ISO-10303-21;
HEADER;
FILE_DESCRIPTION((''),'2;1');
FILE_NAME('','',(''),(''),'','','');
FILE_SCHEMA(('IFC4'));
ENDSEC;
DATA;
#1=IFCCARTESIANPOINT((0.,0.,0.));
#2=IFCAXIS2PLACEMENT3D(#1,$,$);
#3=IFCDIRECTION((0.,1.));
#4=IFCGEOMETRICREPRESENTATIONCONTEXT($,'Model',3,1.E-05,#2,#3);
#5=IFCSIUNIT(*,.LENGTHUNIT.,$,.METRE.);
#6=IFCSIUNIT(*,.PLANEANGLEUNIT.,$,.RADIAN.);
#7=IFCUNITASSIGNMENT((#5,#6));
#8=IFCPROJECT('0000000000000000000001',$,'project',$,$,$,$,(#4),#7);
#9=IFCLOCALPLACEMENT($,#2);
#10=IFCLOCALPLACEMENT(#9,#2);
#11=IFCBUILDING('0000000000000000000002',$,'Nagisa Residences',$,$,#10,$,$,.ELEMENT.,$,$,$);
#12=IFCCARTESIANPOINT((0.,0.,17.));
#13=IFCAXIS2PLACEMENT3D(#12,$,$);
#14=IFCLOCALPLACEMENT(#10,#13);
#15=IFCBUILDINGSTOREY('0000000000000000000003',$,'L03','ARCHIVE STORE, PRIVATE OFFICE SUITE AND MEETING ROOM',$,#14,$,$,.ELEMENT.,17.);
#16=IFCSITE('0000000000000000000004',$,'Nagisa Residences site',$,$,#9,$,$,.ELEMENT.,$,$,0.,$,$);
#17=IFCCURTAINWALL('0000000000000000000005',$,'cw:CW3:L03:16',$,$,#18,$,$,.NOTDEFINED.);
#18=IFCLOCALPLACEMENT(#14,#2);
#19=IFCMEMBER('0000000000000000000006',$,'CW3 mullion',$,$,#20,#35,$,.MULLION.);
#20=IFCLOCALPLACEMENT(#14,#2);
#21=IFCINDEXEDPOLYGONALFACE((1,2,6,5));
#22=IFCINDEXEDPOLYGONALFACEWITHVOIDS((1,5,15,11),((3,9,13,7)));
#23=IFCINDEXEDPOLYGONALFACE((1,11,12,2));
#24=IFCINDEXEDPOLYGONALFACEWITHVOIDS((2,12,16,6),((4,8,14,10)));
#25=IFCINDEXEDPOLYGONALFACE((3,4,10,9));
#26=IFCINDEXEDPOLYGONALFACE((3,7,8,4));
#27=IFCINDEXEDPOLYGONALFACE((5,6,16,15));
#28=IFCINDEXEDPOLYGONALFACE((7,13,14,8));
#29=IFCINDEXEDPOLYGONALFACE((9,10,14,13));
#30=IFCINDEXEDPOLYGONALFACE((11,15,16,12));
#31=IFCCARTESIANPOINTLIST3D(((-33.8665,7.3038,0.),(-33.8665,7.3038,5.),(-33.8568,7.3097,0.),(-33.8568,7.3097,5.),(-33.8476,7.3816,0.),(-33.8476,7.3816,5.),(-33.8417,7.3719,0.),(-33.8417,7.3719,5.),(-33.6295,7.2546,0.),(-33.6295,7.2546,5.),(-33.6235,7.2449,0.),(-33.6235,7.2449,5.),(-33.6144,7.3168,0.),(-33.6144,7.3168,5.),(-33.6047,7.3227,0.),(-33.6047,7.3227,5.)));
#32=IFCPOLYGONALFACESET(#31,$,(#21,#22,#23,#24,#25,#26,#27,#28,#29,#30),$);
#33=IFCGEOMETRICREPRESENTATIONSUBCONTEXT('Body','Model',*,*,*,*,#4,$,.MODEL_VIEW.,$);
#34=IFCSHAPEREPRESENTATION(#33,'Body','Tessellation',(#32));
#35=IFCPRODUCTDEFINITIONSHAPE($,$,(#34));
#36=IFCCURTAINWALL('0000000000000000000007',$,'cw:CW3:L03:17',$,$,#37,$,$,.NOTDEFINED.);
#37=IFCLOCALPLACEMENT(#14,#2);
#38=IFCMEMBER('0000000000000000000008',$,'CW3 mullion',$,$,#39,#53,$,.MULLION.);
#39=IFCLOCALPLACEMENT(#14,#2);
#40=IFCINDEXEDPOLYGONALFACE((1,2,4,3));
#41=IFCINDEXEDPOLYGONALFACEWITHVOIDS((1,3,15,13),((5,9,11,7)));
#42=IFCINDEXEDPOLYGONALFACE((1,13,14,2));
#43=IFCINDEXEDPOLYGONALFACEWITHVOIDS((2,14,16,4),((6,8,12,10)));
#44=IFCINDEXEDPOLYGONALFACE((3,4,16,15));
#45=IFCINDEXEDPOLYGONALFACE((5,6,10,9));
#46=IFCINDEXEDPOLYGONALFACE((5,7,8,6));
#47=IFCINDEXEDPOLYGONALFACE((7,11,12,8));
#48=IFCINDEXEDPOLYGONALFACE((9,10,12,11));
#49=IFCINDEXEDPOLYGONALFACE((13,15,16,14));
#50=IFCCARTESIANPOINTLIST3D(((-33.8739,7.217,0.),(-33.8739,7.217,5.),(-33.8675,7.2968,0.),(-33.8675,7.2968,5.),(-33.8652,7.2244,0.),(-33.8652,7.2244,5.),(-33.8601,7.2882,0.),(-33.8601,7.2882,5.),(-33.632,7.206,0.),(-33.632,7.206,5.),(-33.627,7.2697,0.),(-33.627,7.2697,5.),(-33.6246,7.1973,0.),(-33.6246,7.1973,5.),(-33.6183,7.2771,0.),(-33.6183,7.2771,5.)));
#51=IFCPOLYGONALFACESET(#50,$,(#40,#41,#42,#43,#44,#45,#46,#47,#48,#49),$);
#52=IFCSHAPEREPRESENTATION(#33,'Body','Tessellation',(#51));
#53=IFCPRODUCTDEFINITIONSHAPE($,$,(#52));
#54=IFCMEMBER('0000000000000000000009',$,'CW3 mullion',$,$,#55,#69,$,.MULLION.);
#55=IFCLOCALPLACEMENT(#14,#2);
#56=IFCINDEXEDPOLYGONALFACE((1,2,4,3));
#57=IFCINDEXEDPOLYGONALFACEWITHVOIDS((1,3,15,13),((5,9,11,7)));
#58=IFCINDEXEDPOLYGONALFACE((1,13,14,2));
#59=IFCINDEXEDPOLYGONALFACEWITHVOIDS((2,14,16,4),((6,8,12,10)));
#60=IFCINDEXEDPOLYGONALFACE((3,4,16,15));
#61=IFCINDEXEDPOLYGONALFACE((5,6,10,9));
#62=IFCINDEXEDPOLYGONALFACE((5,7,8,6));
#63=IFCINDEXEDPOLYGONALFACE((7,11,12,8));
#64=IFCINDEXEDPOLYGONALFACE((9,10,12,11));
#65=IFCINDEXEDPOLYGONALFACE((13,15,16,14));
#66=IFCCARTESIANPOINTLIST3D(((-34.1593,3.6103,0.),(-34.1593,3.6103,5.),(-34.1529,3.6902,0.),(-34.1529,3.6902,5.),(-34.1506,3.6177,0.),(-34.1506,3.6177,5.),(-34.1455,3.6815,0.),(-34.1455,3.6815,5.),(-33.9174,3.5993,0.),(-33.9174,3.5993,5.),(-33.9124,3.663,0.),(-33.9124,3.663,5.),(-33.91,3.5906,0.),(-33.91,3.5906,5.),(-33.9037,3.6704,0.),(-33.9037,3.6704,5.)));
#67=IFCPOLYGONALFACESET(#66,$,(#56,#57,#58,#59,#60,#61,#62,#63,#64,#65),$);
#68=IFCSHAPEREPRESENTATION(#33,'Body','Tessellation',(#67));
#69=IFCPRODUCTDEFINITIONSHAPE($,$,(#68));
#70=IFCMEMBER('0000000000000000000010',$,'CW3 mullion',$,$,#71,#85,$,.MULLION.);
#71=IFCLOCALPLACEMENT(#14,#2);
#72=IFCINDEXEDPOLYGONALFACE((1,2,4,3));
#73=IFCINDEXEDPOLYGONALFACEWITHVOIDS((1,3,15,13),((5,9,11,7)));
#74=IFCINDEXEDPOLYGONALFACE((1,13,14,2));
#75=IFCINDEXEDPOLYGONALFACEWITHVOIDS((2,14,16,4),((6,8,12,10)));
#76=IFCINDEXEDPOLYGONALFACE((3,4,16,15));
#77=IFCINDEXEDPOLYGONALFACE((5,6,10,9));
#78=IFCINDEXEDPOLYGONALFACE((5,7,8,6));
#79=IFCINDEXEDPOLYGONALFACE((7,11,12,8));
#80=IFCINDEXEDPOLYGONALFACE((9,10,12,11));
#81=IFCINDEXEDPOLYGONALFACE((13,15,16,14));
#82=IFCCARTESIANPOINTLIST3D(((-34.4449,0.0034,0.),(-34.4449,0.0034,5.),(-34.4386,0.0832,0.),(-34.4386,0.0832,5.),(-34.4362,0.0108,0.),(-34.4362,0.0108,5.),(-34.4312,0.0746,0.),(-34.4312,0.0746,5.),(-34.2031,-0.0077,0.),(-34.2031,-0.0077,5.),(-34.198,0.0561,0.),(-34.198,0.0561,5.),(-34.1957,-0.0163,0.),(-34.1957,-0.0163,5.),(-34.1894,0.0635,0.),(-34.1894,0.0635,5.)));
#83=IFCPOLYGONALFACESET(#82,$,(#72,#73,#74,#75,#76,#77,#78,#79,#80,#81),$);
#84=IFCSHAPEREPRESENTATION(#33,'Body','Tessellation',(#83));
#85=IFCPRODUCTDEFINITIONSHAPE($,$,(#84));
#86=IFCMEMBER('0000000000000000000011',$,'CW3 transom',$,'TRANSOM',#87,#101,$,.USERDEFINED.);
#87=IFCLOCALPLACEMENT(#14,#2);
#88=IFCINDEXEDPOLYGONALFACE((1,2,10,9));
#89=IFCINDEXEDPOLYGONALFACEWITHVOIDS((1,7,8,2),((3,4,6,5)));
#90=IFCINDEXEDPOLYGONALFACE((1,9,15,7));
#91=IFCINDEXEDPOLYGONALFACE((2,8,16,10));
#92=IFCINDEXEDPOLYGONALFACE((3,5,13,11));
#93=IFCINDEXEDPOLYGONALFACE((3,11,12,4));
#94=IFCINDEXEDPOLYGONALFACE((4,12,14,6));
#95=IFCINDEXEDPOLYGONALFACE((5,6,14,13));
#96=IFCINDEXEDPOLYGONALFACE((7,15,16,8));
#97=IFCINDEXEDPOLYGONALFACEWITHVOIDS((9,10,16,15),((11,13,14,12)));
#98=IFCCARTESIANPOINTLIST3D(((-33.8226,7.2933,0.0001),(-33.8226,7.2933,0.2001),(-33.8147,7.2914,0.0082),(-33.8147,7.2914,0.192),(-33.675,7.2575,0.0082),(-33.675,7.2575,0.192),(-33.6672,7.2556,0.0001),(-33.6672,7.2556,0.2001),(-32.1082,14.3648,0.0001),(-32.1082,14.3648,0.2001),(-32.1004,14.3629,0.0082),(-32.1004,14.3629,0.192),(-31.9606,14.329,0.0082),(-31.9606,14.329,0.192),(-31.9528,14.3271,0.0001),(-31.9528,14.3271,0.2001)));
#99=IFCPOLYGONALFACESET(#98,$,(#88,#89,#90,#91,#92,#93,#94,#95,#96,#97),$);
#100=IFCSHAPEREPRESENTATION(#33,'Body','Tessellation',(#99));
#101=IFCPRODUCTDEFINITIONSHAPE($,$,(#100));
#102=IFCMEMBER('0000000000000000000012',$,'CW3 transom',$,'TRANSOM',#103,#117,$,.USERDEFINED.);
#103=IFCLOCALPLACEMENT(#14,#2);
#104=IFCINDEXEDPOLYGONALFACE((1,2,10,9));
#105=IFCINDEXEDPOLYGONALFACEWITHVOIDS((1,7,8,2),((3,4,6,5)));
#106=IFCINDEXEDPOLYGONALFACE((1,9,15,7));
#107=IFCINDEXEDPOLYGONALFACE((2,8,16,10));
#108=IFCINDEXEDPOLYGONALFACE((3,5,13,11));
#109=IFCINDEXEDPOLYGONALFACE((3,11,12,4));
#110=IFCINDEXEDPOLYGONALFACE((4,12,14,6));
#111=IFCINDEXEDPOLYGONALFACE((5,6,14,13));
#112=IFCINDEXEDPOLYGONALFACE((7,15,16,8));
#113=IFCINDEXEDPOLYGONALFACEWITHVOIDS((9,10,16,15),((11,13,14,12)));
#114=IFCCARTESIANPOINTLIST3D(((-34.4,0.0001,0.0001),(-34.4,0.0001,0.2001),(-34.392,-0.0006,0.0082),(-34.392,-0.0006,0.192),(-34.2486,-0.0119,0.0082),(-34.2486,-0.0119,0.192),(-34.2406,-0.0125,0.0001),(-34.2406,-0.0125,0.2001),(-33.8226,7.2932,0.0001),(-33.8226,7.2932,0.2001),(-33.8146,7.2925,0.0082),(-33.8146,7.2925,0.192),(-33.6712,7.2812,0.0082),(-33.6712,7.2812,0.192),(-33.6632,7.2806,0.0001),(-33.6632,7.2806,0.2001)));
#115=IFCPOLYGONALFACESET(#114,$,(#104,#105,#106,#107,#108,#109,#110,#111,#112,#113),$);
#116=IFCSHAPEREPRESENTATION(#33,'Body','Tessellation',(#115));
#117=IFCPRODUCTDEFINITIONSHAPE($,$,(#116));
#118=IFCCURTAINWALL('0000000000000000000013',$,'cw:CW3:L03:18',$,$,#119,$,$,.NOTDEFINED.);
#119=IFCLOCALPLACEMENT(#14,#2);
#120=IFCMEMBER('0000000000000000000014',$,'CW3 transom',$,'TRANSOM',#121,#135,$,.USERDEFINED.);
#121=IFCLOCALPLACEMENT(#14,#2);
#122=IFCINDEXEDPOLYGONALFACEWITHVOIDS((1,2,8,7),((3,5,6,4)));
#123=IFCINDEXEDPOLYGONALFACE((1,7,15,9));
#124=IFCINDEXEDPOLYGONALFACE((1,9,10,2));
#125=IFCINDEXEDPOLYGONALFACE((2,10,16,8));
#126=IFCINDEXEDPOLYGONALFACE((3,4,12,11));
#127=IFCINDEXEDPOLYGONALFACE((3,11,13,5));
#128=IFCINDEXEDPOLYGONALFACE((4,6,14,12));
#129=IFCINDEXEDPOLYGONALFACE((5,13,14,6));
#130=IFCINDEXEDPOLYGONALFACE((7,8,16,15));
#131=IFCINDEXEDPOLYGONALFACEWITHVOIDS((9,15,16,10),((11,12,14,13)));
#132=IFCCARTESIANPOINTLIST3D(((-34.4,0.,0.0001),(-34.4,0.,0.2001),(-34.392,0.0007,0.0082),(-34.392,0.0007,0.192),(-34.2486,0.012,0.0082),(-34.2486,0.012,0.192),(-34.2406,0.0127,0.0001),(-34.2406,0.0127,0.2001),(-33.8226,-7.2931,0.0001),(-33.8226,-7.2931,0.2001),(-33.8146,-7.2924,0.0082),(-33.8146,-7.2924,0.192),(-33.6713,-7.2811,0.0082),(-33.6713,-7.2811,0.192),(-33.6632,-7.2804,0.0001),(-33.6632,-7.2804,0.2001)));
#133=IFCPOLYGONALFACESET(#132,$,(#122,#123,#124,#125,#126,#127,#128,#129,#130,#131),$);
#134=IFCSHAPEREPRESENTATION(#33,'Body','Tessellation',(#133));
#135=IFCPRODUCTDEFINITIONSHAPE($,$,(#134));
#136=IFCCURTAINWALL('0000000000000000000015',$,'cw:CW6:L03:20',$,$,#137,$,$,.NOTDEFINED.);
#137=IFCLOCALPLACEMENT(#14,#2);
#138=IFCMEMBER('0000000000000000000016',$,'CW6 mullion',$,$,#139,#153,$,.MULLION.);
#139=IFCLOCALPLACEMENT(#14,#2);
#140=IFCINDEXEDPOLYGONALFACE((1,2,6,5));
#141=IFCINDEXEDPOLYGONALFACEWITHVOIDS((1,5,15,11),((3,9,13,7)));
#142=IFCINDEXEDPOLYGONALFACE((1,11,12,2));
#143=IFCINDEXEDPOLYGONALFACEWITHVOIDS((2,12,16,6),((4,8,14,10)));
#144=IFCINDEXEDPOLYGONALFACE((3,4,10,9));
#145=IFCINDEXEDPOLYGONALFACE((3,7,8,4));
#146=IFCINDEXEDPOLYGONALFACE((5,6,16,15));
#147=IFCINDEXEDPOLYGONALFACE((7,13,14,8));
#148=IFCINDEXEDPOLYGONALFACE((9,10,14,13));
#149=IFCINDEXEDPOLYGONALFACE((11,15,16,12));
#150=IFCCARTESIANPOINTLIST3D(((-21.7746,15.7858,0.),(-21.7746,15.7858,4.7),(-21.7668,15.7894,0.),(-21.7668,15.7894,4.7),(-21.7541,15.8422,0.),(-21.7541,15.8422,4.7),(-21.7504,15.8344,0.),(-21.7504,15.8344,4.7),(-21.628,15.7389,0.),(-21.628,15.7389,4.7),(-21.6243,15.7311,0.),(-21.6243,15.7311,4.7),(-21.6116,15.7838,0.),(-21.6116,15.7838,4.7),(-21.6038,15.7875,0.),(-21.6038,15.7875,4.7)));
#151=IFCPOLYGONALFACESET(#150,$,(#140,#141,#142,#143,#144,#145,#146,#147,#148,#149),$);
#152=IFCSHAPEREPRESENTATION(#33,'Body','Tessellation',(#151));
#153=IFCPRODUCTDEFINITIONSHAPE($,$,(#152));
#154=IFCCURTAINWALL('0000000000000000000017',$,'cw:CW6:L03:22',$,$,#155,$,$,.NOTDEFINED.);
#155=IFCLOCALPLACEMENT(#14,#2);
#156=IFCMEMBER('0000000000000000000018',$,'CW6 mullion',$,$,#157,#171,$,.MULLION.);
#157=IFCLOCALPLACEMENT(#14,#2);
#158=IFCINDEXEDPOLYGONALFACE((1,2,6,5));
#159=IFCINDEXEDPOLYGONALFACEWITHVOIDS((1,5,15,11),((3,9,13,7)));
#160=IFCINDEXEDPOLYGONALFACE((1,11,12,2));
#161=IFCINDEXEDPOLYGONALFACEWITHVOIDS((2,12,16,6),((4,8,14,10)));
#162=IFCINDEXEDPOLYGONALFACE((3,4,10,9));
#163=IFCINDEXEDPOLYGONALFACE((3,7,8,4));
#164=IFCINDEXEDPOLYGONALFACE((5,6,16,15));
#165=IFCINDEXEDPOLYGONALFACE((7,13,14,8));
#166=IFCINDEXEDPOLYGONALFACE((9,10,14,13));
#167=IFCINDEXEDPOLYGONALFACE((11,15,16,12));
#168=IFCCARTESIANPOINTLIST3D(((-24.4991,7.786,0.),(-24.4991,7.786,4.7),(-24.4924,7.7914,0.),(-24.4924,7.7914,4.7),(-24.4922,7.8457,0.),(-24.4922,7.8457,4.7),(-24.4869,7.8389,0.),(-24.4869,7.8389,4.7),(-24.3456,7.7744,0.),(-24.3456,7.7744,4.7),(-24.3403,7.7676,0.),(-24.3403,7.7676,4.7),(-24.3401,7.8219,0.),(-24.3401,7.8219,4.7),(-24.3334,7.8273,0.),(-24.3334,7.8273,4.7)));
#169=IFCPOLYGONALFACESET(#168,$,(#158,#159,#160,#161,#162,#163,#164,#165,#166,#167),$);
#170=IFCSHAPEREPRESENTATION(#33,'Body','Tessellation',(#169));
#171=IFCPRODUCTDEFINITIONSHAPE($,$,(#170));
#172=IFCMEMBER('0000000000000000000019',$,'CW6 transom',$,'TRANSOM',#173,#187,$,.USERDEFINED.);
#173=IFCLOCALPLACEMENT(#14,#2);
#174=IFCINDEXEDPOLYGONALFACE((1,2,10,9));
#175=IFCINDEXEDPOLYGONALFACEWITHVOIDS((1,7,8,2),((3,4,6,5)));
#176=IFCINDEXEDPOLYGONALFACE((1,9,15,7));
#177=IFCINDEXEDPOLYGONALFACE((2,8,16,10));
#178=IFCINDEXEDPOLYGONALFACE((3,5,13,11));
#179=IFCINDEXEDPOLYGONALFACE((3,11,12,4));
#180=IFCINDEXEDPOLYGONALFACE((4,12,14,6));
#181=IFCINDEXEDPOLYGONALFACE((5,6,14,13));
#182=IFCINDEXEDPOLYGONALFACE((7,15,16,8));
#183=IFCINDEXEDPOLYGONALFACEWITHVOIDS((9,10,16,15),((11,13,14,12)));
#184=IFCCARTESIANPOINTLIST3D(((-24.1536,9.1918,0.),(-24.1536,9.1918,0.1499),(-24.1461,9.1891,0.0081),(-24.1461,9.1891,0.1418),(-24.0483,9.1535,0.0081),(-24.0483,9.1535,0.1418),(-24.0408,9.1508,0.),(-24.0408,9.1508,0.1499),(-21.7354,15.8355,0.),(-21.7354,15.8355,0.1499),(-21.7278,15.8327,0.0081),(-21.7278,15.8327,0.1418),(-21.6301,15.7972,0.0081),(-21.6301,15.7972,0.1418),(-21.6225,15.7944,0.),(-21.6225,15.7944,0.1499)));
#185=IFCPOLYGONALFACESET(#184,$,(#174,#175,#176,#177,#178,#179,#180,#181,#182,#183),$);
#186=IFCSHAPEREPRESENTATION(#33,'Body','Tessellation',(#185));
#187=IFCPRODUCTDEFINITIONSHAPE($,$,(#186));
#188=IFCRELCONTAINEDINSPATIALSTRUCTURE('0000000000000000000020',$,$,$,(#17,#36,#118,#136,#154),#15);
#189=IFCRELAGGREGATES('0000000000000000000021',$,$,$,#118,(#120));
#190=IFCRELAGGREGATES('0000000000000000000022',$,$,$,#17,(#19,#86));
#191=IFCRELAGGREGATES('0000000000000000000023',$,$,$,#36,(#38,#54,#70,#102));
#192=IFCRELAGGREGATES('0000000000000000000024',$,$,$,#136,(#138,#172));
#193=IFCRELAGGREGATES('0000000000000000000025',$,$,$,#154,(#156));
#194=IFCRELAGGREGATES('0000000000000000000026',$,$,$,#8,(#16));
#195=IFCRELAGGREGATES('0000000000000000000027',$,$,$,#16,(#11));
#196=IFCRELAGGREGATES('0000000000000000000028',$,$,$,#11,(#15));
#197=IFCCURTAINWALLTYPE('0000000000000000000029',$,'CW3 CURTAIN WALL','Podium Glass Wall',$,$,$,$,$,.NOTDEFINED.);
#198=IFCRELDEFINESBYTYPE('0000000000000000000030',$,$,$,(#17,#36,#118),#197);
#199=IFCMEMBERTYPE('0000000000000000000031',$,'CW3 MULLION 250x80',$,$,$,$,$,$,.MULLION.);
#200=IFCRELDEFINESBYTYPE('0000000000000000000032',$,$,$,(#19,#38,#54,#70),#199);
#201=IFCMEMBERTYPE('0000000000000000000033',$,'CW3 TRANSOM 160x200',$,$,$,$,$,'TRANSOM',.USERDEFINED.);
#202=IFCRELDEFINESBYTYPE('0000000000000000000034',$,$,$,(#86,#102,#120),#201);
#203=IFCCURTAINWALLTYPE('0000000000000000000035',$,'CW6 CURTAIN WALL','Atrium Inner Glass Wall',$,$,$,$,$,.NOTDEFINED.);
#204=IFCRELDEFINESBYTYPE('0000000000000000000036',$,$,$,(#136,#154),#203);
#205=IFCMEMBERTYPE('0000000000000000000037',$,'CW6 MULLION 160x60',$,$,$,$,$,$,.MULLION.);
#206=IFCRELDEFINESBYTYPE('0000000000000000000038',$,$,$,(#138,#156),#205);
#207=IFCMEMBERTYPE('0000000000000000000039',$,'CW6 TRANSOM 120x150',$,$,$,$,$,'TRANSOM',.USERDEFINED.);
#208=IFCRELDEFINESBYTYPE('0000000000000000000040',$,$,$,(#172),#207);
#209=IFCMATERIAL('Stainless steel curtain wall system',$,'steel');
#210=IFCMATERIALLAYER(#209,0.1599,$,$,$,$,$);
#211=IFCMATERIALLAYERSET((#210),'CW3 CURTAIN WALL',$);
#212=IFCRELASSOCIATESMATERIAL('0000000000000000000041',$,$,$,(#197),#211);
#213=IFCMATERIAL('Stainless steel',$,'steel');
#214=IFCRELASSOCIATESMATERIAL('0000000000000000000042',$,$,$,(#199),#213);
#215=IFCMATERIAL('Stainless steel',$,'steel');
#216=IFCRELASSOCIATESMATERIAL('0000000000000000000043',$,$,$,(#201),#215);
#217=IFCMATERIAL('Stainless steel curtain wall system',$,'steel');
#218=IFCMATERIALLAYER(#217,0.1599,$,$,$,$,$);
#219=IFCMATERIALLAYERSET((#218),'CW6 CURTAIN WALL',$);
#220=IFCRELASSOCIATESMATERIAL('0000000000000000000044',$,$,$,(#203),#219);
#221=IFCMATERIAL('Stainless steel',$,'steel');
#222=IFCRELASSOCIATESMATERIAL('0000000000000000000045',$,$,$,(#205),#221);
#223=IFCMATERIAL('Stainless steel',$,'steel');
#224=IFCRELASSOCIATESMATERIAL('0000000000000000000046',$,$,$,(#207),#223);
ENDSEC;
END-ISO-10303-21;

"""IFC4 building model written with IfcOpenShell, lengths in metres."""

from ifc_helpers import new_model, si_unit, direction, frame, origin, origin_2d, place, context, subcontext, project, spatial, hollow_rectangle, extrude, material, layer, layer_set, material_profile, profile_set, type_object, element, aggregate, save


model = new_model("IFC4")

# Units and contexts
model_context = context("Model", 3, precision=1e-05, world=origin(), true_north=direction((0.0, 1.0)))
body_context = subcontext(model_context, "Body", "Model", "MODEL_VIEW")
ifc_project = project(units=[si_unit("LENGTHUNIT", "METRE"), si_unit("PLANEANGLEUNIT", "RADIAN")], contexts=[model_context])

# Site, building, storey
site_placement = place(None, origin())
site = spatial("IfcSite", under=ifc_project, at=site_placement, Name="Nagisa Residences site", CompositionType="ELEMENT", RefElevation=0.0)
building_placement = place(site_placement, origin())
building = spatial("IfcBuilding", under=site, at=building_placement, Name="Nagisa Residences", CompositionType="ELEMENT")
storey_placement = place(building_placement, frame((0.0, 0.0, 17.0)))
storey = spatial("IfcBuildingStorey", under=building, at=storey_placement, Name="L03", Description="ARCHIVE STORE, PRIVATE OFFICE SUITE AND MEETING ROOM", CompositionType="ELEMENT", Elevation=17.0)

# Shared definitions
ifc_material_1 = material(Name="Stainless steel curtain wall system", Category="steel")
ifc_layer_1 = layer(ifc_material_1, 0.1599)
ifc_layer_set_1 = layer_set([ifc_layer_1], Name="CW3 CURTAIN WALL")
curtain_wall_type_1 = type_object("IfcCurtainWallType", Name="CW3 CURTAIN WALL", Description="Podium Glass Wall", PredefinedType="NOTDEFINED", material=ifc_layer_set_1)
ifc_material_2 = material(Name="Stainless steel", Category="steel")
ifc_material_profile_1 = material_profile(ifc_material_2, hollow_rectangle(XDim=0.25, YDim=0.0801, WallThickness=0.0081, at=origin_2d()), Name="CW3 MULLION 250x80")
ifc_profile_set_1 = profile_set([ifc_material_profile_1], Name="Stainless steel")
member_type_1 = type_object("IfcMemberType", Name="CW3 MULLION 250x80", PredefinedType="MULLION", material=ifc_profile_set_1)

# Curtain walls, members
curtain_wall_1_placement = place(storey_placement, origin())
curtain_wall_1 = element("IfcCurtainWall", 1, at=curtain_wall_1_placement, inside=storey, type_object=curtain_wall_type_1, Name="cw:CW3:L03:16", PredefinedType="NOTDEFINED")
member_1_placement = place(storey_placement, frame((-33.7356, 7.3132, 0.0), z_axis=(0.0, 0.0, 1.0), x_axis=(0.971849, -0.235606, 0.0)))
member_1 = element("IfcMember", 2, at=member_1_placement, type_object=member_type_1, Name="CW3 mullion", PredefinedType="MULLION", context=body_context, shape_type="SweptSolid", body=[
    extrude(hollow_rectangle(XDim=0.25, YDim=0.0801, WallThickness=0.0081, at=origin_2d()), origin(), (0.0, 0.0, 1.0), 5.0),
])
curtain_wall_2_placement = place(storey_placement, origin())
curtain_wall_2 = element("IfcCurtainWall", 3, at=curtain_wall_2_placement, inside=storey, type_object=curtain_wall_type_1, Name="cw:CW3:L03:17", PredefinedType="NOTDEFINED")
member_2_placement = place(storey_placement, frame((-33.7461, 7.2471, 0.0), z_axis=(0.0, 0.0, 1.0), x_axis=(0.996882, -0.07891, 0.0)))
member_2 = element("IfcMember", 4, at=member_2_placement, type_object=member_type_1, Name="CW3 mullion", PredefinedType="MULLION", context=body_context, shape_type="SweptSolid", body=[
    extrude(hollow_rectangle(XDim=0.25, YDim=0.0801, WallThickness=0.0081, at=origin_2d()), origin(), (0.0, 0.0, 1.0), 5.0),
])
member_3_placement = place(storey_placement, frame((-34.0315, 3.6404, 0.0), z_axis=(0.0, 0.0, 1.0), x_axis=(0.996882, -0.07891, 0.0)))
member_3 = element("IfcMember", 5, at=member_3_placement, type_object=member_type_1, Name="CW3 mullion", PredefinedType="MULLION", context=body_context, shape_type="SweptSolid", body=[
    extrude(hollow_rectangle(XDim=0.25, YDim=0.0801, WallThickness=0.0081, at=origin_2d()), origin(), (0.0, 0.0, 1.0), 5.0),
])
member_4_placement = place(storey_placement, frame((-34.3171, 0.0334, 0.0), z_axis=(0.0, 0.0, 1.0), x_axis=(0.996882, -0.07891, 0.0)))
member_4 = element("IfcMember", 6, at=member_4_placement, type_object=member_type_1, Name="CW3 mullion", PredefinedType="MULLION", context=body_context, shape_type="SweptSolid", body=[
    extrude(hollow_rectangle(XDim=0.25, YDim=0.0801, WallThickness=0.0081, at=origin_2d()), origin(), (0.0, 0.0, 1.0), 5.0),
])

# Members
ifc_material_3 = material(Name="Stainless steel", Category="steel")
ifc_material_profile_2 = material_profile(ifc_material_3, hollow_rectangle(XDim=0.1599, YDim=0.2, WallThickness=0.0081, at=origin_2d()), Name="CW3 TRANSOM 160x200")
ifc_profile_set_2 = profile_set([ifc_material_profile_2], Name="Stainless steel")
member_type_2 = type_object("IfcMemberType", Name="CW3 TRANSOM 160x200", ElementType="TRANSOM", PredefinedType="USERDEFINED", material=ifc_profile_set_2)
member_5_placement = place(storey_placement, frame((-32.0305, 14.3459, 0.1001), z_axis=(-0.235606, -0.971849, 0.0), x_axis=(0.971849, -0.235606, 0.0)))
member_5 = element("IfcMember", 7, at=member_5_placement, type_object=member_type_2, Name="CW3 transom", ObjectType="TRANSOM", PredefinedType="USERDEFINED", context=body_context, shape_type="SweptSolid", body=[
    extrude(hollow_rectangle(XDim=0.1599, YDim=0.2, WallThickness=0.0081, at=origin_2d()), origin(), (0.0, 0.0, 1.0), 7.2764),
])
member_6_placement = place(storey_placement, frame((-33.7429, 7.2869, 0.1001), z_axis=(-0.078922, -0.996881, 0.0), x_axis=(0.996881, -0.078922, 0.0)))
member_6 = element("IfcMember", 8, at=member_6_placement, type_object=member_type_2, Name="CW3 transom", ObjectType="TRANSOM", PredefinedType="USERDEFINED", context=body_context, shape_type="SweptSolid", body=[
    extrude(hollow_rectangle(XDim=0.1599, YDim=0.2, WallThickness=0.0081, at=origin_2d()), origin(), (0.0, 0.0, 1.0), 7.3159),
])

# Curtain walls, members
curtain_wall_3_placement = place(storey_placement, origin())
curtain_wall_3 = element("IfcCurtainWall", 9, at=curtain_wall_3_placement, inside=storey, type_object=curtain_wall_type_1, Name="cw:CW3:L03:18", PredefinedType="NOTDEFINED")
member_7_placement = place(storey_placement, frame((-34.3203, 0.0063, 0.1001), z_axis=(0.078922, -0.996881, 0.0), x_axis=(0.996881, 0.078922, 0.0)))
member_7 = element("IfcMember", 10, at=member_7_placement, type_object=member_type_2, Name="CW3 transom", ObjectType="TRANSOM", PredefinedType="USERDEFINED", context=body_context, shape_type="SweptSolid", body=[
    extrude(hollow_rectangle(XDim=0.1599, YDim=0.2, WallThickness=0.0081, at=origin_2d()), origin(), (0.0, 0.0, 1.0), 7.3159),
])
aggregate(curtain_wall_3, [member_7])
ifc_material_4 = material(Name="Stainless steel curtain wall system", Category="steel")
ifc_layer_2 = layer(ifc_material_4, 0.1599)
ifc_layer_set_2 = layer_set([ifc_layer_2], Name="CW6 CURTAIN WALL")
curtain_wall_type_2 = type_object("IfcCurtainWallType", Name="CW6 CURTAIN WALL", Description="Atrium Inner Glass Wall", PredefinedType="NOTDEFINED", material=ifc_layer_set_2)
curtain_wall_4_placement = place(storey_placement, origin())
curtain_wall_4 = element("IfcCurtainWall", 11, at=curtain_wall_4_placement, inside=storey, type_object=curtain_wall_type_2, Name="cw:CW6:L03:20", PredefinedType="NOTDEFINED")
ifc_material_5 = material(Name="Stainless steel", Category="steel")
ifc_material_profile_3 = material_profile(ifc_material_5, hollow_rectangle(XDim=0.1599, YDim=0.0601, WallThickness=0.0061, at=origin_2d()), Name="CW6 MULLION 160x60")
ifc_profile_set_3 = profile_set([ifc_material_profile_3], Name="Stainless steel")
member_type_3 = type_object("IfcMemberType", Name="CW6 MULLION 160x60", PredefinedType="MULLION", material=ifc_profile_set_3)
member_8_placement = place(storey_placement, frame((-21.6892, 15.7866, 0.0), z_axis=(0.0, 0.0, 1.0), x_axis=(0.939682, -0.34205, 0.0)))
member_8 = element("IfcMember", 12, at=member_8_placement, type_object=member_type_3, Name="CW6 mullion", PredefinedType="MULLION", context=body_context, shape_type="SweptSolid", body=[
    extrude(hollow_rectangle(XDim=0.1599, YDim=0.0601, WallThickness=0.0061, at=origin_2d()), origin(), (0.0, 0.0, 1.0), 4.7),
])
curtain_wall_5_placement = place(storey_placement, origin())
curtain_wall_5 = element("IfcCurtainWall", 13, at=curtain_wall_5_placement, inside=storey, type_object=curtain_wall_type_2, Name="cw:CW6:L03:22", PredefinedType="NOTDEFINED")
member_9_placement = place(storey_placement, frame((-24.4163, 7.8066, 0.0), z_axis=(0.0, 0.0, 1.0), x_axis=(0.993374, -0.114928, 0.0)))
member_9 = element("IfcMember", 14, at=member_9_placement, type_object=member_type_3, Name="CW6 mullion", PredefinedType="MULLION", context=body_context, shape_type="SweptSolid", body=[
    extrude(hollow_rectangle(XDim=0.1599, YDim=0.0601, WallThickness=0.0061, at=origin_2d()), origin(), (0.0, 0.0, 1.0), 4.7),
])

# Member
ifc_material_6 = material(Name="Stainless steel", Category="steel")
ifc_material_profile_4 = material_profile(ifc_material_6, hollow_rectangle(XDim=0.1201, YDim=0.1499, WallThickness=0.0081, at=origin_2d()), Name="CW6 TRANSOM 120x150")
ifc_profile_set_4 = profile_set([ifc_material_profile_4], Name="Stainless steel")
member_type_4 = type_object("IfcMemberType", Name="CW6 TRANSOM 120x150", ElementType="TRANSOM", PredefinedType="USERDEFINED", material=ifc_profile_set_4)
member_10_placement = place(storey_placement, frame((-21.679, 15.8149, 0.075), z_axis=(-0.34204, -0.939685, 0.0), x_axis=(0.939685, -0.34204, 0.0)))
member_10 = element("IfcMember", 15, at=member_10_placement, type_object=member_type_4, Name="CW6 transom", ObjectType="TRANSOM", PredefinedType="USERDEFINED", context=body_context, shape_type="SweptSolid", body=[
    extrude(hollow_rectangle(XDim=0.1201, YDim=0.1499, WallThickness=0.0081, at=origin_2d()), origin(), (0.0, 0.0, 1.0), 7.0701),
])

aggregate(curtain_wall_1, [member_1, member_5])
aggregate(curtain_wall_2, [member_2, member_3, member_4, member_6])
aggregate(curtain_wall_4, [member_8, member_10])
aggregate(curtain_wall_5, [member_9])

save(model, "model.ifc")
